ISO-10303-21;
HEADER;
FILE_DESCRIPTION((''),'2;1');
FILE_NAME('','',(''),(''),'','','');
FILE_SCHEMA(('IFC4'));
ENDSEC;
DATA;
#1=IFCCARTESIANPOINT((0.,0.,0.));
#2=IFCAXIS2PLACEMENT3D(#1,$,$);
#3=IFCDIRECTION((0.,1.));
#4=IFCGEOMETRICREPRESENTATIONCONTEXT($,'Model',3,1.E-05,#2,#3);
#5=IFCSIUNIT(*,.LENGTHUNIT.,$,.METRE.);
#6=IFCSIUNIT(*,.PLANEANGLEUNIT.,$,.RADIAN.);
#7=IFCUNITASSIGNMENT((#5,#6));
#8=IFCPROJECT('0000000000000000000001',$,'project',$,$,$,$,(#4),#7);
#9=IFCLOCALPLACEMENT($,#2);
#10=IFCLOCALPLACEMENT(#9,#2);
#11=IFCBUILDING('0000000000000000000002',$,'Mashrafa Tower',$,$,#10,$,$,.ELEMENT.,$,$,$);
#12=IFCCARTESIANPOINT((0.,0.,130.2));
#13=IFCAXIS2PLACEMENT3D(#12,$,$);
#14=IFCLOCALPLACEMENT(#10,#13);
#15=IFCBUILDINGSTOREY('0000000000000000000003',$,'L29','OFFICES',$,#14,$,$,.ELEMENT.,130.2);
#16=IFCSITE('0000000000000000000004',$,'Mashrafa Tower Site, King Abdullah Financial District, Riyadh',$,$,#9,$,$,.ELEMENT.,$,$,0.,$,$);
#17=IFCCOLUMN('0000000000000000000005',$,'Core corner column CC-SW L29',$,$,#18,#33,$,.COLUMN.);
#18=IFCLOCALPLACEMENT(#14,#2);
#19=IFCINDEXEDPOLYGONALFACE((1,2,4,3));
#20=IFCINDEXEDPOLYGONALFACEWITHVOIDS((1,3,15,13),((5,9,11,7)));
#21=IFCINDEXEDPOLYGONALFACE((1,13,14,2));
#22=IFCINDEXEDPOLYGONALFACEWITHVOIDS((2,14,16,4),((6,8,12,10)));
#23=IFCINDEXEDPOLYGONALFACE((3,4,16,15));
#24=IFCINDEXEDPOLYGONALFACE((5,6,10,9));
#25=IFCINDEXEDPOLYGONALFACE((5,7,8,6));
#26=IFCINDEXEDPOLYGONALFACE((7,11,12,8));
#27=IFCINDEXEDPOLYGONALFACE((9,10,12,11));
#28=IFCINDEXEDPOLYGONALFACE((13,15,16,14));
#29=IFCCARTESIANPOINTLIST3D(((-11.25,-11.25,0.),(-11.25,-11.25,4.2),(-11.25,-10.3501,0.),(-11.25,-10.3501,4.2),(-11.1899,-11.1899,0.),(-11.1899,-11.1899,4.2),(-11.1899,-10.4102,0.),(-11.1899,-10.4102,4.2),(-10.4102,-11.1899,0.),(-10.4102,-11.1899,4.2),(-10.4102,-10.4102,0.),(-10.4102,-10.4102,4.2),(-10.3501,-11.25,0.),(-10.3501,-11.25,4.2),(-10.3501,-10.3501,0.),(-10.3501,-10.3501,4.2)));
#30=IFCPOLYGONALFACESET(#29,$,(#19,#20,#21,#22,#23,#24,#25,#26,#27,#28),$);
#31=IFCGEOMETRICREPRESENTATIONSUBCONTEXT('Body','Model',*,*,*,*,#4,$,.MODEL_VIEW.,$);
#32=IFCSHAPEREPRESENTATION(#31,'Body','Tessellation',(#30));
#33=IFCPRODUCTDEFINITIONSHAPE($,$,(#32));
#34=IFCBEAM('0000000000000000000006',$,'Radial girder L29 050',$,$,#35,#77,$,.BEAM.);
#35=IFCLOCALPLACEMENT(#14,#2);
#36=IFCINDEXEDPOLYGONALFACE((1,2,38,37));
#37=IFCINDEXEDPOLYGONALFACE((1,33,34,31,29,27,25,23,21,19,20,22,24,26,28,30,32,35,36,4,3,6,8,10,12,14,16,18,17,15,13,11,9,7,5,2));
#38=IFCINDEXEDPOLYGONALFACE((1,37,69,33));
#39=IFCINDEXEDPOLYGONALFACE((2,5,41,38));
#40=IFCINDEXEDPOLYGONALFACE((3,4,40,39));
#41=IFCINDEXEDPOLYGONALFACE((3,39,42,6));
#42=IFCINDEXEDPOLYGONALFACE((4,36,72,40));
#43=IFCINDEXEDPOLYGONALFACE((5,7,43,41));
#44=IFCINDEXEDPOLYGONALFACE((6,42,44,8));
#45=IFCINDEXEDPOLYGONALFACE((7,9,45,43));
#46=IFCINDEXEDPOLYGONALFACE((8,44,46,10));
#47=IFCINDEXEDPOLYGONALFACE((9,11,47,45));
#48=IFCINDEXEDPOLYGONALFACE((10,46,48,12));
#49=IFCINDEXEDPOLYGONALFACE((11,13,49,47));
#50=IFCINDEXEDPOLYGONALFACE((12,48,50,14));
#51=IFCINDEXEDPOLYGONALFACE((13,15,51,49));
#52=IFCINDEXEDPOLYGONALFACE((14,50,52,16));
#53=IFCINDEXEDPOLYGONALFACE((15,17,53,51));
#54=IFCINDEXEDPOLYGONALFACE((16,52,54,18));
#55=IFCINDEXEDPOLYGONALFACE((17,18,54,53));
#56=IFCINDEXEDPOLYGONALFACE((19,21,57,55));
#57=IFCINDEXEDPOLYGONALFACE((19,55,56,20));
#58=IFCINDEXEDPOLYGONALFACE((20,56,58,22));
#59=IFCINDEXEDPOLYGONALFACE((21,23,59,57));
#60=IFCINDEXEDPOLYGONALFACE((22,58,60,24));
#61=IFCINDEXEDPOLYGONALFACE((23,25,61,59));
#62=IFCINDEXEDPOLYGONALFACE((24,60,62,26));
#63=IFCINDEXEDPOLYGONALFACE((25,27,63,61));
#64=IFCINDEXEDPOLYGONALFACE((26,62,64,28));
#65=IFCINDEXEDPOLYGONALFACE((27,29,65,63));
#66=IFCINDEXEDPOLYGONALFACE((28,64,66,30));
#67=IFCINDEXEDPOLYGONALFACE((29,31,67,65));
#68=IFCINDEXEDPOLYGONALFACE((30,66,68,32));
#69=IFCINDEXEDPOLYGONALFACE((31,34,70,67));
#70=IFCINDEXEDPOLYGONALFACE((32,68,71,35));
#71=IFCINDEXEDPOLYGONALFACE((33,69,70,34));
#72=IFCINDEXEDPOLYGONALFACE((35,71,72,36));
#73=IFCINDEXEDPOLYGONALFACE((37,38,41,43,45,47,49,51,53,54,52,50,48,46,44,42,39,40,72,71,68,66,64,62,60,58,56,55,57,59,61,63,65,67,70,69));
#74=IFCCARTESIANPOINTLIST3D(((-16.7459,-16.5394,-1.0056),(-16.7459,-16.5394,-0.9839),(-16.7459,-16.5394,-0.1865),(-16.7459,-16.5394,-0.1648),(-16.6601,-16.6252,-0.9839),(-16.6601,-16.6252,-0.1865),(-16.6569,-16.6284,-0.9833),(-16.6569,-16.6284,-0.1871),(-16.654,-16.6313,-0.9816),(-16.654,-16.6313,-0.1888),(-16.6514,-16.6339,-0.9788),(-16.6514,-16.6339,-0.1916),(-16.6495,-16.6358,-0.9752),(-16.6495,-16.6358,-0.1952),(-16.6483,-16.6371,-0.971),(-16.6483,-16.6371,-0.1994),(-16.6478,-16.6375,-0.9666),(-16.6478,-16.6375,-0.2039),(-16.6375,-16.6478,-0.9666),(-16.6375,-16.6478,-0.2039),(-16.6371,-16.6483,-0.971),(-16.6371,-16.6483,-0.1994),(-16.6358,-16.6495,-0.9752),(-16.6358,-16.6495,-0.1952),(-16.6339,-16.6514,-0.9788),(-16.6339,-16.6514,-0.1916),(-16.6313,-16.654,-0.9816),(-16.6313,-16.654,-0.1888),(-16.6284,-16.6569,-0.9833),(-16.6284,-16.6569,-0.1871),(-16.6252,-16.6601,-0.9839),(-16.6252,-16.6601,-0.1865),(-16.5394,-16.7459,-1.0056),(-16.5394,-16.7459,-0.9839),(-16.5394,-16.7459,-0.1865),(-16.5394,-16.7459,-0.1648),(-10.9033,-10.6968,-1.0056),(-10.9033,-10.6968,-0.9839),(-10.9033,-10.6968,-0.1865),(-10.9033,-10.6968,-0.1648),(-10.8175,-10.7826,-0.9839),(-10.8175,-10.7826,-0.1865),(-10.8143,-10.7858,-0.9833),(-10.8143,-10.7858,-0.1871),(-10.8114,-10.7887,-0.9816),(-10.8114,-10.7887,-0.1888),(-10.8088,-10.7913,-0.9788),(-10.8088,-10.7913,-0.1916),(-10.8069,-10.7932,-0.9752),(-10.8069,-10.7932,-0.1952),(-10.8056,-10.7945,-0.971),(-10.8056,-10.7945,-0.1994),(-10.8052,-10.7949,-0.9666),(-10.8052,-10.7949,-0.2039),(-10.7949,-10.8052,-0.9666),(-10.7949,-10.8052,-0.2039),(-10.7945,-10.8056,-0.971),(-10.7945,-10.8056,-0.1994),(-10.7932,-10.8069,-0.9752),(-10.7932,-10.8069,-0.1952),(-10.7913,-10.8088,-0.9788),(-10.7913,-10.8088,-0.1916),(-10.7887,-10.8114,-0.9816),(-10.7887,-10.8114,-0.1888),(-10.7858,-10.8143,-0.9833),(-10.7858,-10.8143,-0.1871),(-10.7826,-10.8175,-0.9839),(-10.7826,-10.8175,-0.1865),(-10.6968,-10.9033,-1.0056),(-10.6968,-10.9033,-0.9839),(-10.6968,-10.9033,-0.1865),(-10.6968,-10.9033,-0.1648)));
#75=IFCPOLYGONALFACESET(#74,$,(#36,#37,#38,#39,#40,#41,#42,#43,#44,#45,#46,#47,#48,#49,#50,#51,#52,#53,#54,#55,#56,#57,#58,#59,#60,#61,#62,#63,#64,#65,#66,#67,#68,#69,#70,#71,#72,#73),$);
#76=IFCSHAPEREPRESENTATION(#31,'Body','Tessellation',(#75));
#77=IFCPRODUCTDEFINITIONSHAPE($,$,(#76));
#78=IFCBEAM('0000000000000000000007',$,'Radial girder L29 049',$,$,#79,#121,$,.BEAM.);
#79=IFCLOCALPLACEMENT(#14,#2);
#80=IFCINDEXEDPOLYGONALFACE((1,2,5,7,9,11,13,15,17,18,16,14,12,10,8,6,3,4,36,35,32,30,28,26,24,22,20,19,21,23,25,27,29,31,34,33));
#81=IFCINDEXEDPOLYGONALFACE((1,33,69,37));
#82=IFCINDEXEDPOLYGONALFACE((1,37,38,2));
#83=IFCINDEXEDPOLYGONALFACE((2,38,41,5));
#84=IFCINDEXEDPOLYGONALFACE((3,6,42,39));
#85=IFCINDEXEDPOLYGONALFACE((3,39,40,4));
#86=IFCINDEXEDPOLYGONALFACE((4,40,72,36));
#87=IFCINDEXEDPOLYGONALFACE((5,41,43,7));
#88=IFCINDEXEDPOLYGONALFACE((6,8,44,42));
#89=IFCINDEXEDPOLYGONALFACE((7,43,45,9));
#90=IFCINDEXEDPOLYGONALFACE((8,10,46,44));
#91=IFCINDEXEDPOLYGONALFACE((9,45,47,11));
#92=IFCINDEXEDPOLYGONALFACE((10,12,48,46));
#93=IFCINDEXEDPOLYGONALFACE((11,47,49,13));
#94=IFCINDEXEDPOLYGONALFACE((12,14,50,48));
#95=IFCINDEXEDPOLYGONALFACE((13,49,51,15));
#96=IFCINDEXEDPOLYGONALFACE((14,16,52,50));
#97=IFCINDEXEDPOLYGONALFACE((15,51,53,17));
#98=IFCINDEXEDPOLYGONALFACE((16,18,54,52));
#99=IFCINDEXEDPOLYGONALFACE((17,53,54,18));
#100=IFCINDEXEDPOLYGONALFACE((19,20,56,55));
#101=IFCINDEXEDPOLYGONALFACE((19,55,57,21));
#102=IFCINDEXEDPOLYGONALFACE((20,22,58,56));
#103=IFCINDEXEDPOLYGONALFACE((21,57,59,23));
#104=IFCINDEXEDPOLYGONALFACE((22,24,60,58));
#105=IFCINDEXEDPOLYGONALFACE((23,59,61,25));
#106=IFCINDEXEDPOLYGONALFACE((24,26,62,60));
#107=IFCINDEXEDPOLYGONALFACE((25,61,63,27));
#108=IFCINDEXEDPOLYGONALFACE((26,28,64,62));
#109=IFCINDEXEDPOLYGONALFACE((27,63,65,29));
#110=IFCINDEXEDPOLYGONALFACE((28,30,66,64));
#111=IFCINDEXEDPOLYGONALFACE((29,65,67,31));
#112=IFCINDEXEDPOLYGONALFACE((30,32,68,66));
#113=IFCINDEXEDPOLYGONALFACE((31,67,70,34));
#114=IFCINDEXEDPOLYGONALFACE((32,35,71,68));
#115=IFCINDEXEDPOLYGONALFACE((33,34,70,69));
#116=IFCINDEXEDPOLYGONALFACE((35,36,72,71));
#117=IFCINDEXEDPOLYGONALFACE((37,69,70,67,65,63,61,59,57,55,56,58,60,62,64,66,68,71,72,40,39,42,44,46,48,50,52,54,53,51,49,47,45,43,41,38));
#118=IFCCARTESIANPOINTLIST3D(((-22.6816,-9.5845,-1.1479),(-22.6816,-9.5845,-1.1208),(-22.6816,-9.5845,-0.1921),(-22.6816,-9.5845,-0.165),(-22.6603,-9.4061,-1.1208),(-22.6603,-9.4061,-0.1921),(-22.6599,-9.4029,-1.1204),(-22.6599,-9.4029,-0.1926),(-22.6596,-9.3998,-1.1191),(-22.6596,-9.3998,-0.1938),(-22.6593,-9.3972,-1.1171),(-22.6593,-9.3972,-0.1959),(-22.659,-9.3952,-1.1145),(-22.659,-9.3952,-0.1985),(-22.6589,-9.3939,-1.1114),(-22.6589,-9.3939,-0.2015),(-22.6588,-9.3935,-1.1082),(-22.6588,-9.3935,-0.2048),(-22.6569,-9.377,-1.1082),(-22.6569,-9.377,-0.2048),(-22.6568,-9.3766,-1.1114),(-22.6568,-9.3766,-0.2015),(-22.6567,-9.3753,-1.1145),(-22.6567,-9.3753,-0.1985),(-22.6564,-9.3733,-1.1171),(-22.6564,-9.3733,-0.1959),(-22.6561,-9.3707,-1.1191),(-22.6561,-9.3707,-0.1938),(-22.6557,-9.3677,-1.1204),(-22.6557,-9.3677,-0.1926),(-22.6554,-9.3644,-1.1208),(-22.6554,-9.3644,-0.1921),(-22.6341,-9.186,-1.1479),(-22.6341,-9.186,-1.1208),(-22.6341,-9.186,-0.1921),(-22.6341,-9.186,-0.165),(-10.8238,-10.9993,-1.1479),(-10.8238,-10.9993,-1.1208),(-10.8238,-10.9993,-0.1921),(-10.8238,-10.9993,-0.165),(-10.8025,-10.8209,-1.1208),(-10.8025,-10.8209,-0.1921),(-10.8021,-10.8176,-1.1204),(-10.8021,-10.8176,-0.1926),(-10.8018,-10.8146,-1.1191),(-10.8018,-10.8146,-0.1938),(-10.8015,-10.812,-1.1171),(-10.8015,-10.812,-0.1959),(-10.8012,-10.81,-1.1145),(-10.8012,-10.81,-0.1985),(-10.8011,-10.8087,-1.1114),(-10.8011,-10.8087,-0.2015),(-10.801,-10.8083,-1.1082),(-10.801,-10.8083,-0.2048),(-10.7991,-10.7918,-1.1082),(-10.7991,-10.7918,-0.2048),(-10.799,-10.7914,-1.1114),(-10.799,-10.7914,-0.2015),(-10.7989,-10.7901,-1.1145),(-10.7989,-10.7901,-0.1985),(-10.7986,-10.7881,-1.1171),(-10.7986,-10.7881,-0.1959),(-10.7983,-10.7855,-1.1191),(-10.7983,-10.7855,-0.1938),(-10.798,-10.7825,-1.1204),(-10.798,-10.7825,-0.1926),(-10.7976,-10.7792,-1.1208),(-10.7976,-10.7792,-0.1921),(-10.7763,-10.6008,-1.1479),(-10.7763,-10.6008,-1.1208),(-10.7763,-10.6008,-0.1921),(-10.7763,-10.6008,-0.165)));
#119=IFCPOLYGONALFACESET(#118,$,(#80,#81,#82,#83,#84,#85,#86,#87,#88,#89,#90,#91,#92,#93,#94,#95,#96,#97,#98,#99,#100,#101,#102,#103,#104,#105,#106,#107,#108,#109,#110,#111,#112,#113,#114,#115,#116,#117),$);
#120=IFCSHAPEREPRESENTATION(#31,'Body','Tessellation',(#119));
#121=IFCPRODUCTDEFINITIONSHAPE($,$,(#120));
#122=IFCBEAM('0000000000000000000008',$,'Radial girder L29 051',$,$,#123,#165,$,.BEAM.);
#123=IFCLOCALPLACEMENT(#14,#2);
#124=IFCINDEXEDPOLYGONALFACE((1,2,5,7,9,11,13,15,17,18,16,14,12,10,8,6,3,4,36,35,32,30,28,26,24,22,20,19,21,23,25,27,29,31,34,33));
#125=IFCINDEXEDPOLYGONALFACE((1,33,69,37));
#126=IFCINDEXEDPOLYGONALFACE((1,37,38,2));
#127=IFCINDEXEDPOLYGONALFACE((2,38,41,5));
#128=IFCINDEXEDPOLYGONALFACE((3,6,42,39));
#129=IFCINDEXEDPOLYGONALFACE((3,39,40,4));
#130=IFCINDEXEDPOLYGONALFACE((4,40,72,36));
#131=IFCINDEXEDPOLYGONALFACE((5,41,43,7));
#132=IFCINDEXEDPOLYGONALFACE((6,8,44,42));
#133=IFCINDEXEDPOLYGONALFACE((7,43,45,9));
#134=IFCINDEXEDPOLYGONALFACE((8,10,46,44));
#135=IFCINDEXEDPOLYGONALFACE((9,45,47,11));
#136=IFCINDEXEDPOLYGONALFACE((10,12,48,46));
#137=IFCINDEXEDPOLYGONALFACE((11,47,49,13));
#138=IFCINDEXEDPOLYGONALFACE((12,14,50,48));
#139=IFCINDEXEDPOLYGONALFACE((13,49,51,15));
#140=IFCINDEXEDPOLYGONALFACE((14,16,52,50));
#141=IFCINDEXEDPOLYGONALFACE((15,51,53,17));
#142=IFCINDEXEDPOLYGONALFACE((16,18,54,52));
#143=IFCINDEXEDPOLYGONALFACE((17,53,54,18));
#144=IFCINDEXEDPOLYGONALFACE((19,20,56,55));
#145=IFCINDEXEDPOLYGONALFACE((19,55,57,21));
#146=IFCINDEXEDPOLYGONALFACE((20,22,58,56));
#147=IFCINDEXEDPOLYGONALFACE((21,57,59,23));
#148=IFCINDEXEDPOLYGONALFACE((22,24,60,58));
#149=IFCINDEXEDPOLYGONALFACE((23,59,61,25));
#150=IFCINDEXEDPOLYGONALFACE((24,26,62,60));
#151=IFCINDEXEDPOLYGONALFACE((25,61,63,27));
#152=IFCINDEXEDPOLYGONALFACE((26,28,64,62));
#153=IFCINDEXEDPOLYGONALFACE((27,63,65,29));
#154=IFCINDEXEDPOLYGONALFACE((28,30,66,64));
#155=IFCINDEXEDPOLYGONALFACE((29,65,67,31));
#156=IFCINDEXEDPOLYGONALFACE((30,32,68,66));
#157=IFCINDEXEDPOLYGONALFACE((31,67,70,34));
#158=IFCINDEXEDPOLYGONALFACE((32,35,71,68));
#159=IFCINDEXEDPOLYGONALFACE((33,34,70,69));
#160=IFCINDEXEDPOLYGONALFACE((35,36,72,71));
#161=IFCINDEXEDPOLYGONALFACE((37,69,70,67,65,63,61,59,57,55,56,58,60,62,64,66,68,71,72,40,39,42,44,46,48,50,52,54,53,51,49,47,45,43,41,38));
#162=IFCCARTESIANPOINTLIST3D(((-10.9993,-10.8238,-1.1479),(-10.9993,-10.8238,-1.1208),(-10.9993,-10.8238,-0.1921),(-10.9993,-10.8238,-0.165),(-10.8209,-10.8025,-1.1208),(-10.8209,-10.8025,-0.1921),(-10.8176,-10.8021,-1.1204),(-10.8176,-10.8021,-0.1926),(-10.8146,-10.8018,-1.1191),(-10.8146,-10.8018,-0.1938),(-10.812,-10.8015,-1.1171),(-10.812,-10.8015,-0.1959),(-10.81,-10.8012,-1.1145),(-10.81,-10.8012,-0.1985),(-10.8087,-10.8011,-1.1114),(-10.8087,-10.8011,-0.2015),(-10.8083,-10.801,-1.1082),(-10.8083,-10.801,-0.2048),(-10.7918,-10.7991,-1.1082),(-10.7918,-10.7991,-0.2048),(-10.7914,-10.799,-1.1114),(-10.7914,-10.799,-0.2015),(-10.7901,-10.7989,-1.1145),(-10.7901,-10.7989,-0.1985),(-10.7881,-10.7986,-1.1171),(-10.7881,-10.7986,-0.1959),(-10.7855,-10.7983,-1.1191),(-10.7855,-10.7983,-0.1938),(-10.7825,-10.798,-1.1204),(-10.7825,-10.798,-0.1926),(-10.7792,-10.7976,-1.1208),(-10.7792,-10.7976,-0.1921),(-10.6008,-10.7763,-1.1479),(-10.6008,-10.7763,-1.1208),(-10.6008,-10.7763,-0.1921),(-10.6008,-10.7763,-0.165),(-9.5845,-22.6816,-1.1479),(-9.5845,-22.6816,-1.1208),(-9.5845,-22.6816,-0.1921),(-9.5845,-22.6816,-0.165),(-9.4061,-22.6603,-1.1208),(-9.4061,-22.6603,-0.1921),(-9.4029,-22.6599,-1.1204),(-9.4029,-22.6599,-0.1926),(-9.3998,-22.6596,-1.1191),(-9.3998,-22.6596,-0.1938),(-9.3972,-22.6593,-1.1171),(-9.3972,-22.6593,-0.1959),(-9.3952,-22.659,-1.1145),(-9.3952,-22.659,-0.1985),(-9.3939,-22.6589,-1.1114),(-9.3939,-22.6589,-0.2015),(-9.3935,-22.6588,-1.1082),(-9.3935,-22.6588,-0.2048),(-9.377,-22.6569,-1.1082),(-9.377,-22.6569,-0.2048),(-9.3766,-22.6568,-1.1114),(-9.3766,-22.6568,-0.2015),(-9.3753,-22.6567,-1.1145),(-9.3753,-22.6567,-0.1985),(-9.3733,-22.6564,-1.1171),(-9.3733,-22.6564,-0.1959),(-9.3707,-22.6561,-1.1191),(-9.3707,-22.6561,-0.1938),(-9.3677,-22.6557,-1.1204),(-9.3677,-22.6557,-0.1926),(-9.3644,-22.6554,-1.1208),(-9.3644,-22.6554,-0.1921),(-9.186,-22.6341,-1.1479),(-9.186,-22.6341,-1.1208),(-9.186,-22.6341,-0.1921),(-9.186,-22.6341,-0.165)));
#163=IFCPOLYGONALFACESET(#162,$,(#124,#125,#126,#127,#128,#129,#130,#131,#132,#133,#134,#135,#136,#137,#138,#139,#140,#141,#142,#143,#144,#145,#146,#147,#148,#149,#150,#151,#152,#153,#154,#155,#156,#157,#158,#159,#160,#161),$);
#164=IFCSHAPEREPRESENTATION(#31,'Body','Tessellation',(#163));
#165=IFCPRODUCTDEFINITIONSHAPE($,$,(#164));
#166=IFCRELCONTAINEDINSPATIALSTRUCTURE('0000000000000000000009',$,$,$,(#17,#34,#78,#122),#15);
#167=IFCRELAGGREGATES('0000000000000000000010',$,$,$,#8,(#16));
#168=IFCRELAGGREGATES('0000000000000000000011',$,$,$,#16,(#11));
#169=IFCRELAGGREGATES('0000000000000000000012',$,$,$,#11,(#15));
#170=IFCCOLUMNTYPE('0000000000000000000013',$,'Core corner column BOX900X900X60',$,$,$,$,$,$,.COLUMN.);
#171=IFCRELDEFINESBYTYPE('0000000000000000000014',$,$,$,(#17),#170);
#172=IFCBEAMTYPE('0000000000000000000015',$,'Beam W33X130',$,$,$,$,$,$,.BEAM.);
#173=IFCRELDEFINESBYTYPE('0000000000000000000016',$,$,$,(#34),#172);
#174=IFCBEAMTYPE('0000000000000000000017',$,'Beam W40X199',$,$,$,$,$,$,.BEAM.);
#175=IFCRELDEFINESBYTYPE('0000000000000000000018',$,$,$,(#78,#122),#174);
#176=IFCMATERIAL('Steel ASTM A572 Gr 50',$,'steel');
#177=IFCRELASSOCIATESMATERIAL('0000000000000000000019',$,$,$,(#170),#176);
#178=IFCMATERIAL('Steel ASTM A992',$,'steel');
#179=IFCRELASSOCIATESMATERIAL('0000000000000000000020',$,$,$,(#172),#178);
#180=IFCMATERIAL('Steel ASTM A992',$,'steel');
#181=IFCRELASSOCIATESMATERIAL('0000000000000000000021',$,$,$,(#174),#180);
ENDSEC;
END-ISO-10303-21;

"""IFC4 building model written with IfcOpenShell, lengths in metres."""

from ifc_helpers import new_model, si_unit, direction, frame, origin, origin_2d, place, context, subcontext, project, spatial, hollow_rectangle, i_section, extrude, material, material_profile, profile_set, type_object, element, save


model = new_model("IFC4")

# Units and contexts
model_context = context("Model", 3, precision=1e-05, world=origin(), true_north=direction((0.0, 1.0)))
body_context = subcontext(model_context, "Body", "Model", "MODEL_VIEW")
ifc_project = project(units=[si_unit("LENGTHUNIT", "METRE"), si_unit("PLANEANGLEUNIT", "RADIAN")], contexts=[model_context])

# Site, building, storey
site_placement = place(None, origin())
site = spatial("IfcSite", under=ifc_project, at=site_placement, Name="Mashrafa Tower Site, King Abdullah Financial District, Riyadh", CompositionType="ELEMENT", RefElevation=0.0)
building_placement = place(site_placement, origin())
building = spatial("IfcBuilding", under=site, at=building_placement, Name="Mashrafa Tower", CompositionType="ELEMENT")
storey_placement = place(building_placement, frame((0.0, 0.0, 130.2)))
storey = spatial("IfcBuildingStorey", under=building, at=storey_placement, Name="L29", Description="OFFICES", CompositionType="ELEMENT", Elevation=130.2)

# Column
ifc_material_1 = material(Name="Steel ASTM A572 Gr 50", Category="steel")
ifc_material_profile_1 = material_profile(ifc_material_1, hollow_rectangle(XDim=0.8999, YDim=0.8999, WallThickness=0.0601, at=origin_2d()), Name="BOX900X900X60")
ifc_profile_set_1 = profile_set([ifc_material_profile_1], Name="Steel ASTM A572 Gr 50")
column_type = type_object("IfcColumnType", Name="Core corner column BOX900X900X60", PredefinedType="COLUMN", material=ifc_profile_set_1)
column_placement = place(storey_placement, frame((-10.8, -10.8, 0.0), z_axis=(0.0, 0.0, 1.0), x_axis=(1.0, 0.0, 0.0)))
element("IfcColumn", 1, at=column_placement, inside=storey, type_object=column_type, Name="Core corner column CC-SW L29", PredefinedType="COLUMN", context=body_context, shape_type="SweptSolid", body=[
    extrude(hollow_rectangle(XDim=0.8999, YDim=0.8999, WallThickness=0.0601, at=origin_2d()), origin(), (0.0, 0.0, 1.0), 4.2),
])

# Beams
ifc_material_2 = material(Name="Steel ASTM A992", Category="steel")
ifc_material_profile_2 = material_profile(ifc_material_2, i_section(OverallWidth=0.292, OverallDepth=0.8408, WebThickness=0.0146, FlangeThickness=0.0217, FilletRadius=0.0173, at=origin_2d()), Name="W33X130")
ifc_profile_set_2 = profile_set([ifc_material_profile_2], Name="Steel ASTM A992")
beam_type_1 = type_object("IfcBeamType", Name="Beam W33X130", PredefinedType="BEAM", material=ifc_profile_set_2)
beam_1_placement = place(storey_placement, frame((-10.8, -10.8, -0.5852), z_axis=(-0.707107, -0.707107, 0.0), x_axis=(0.707107, -0.707107, 0.0)))
element("IfcBeam", 2, at=beam_1_placement, inside=storey, type_object=beam_type_1, Name="Radial girder L29 050", PredefinedType="BEAM", context=body_context, shape_type="SweptSolid", body=[
    extrude(i_section(OverallWidth=0.292, OverallDepth=0.8408, WebThickness=0.0146, FlangeThickness=0.0217, FilletRadius=0.0173, at=origin_2d()), origin(), (0.0, 0.0, 1.0), 8.2627),
])
ifc_material_3 = material(Name="Steel ASTM A992", Category="steel")
ifc_material_profile_3 = material_profile(ifc_material_3, i_section(OverallWidth=0.4014, OverallDepth=0.9829, WebThickness=0.0166, FlangeThickness=0.0271, FilletRadius=0.0127, at=origin_2d()), Name="W40X199")
ifc_profile_set_3 = profile_set([ifc_material_profile_3], Name="Steel ASTM A992")
beam_type_2 = type_object("IfcBeamType", Name="Beam W40X199", PredefinedType="BEAM", material=ifc_profile_set_3)
for number, where, z_axis, x_axis, name in (
    (3, (-10.8, -10.8, -0.6565), (-0.992957, 0.118472, 0.0), (-0.118472, -0.992957, 0.0), "Radial girder L29 049"),
    (4, (-10.8, -10.8, -0.6565), (0.118472, -0.992957, 0.0), (0.992957, 0.118472, 0.0), "Radial girder L29 051"),
):
    element("IfcBeam", number, at=place(storey_placement, frame(where, z_axis=z_axis, x_axis=x_axis)), inside=storey, type_object=beam_type_2, Name=name, PredefinedType="BEAM", context=body_context, shape_type="SweptSolid", body=[
        extrude(i_section(OverallWidth=0.4014, OverallDepth=0.9829, WebThickness=0.0166, FlangeThickness=0.0271, FilletRadius=0.0127, at=origin_2d()), origin(), (0.0, 0.0, 1.0), 11.9419),
    ])

save(model, "model.ifc")
